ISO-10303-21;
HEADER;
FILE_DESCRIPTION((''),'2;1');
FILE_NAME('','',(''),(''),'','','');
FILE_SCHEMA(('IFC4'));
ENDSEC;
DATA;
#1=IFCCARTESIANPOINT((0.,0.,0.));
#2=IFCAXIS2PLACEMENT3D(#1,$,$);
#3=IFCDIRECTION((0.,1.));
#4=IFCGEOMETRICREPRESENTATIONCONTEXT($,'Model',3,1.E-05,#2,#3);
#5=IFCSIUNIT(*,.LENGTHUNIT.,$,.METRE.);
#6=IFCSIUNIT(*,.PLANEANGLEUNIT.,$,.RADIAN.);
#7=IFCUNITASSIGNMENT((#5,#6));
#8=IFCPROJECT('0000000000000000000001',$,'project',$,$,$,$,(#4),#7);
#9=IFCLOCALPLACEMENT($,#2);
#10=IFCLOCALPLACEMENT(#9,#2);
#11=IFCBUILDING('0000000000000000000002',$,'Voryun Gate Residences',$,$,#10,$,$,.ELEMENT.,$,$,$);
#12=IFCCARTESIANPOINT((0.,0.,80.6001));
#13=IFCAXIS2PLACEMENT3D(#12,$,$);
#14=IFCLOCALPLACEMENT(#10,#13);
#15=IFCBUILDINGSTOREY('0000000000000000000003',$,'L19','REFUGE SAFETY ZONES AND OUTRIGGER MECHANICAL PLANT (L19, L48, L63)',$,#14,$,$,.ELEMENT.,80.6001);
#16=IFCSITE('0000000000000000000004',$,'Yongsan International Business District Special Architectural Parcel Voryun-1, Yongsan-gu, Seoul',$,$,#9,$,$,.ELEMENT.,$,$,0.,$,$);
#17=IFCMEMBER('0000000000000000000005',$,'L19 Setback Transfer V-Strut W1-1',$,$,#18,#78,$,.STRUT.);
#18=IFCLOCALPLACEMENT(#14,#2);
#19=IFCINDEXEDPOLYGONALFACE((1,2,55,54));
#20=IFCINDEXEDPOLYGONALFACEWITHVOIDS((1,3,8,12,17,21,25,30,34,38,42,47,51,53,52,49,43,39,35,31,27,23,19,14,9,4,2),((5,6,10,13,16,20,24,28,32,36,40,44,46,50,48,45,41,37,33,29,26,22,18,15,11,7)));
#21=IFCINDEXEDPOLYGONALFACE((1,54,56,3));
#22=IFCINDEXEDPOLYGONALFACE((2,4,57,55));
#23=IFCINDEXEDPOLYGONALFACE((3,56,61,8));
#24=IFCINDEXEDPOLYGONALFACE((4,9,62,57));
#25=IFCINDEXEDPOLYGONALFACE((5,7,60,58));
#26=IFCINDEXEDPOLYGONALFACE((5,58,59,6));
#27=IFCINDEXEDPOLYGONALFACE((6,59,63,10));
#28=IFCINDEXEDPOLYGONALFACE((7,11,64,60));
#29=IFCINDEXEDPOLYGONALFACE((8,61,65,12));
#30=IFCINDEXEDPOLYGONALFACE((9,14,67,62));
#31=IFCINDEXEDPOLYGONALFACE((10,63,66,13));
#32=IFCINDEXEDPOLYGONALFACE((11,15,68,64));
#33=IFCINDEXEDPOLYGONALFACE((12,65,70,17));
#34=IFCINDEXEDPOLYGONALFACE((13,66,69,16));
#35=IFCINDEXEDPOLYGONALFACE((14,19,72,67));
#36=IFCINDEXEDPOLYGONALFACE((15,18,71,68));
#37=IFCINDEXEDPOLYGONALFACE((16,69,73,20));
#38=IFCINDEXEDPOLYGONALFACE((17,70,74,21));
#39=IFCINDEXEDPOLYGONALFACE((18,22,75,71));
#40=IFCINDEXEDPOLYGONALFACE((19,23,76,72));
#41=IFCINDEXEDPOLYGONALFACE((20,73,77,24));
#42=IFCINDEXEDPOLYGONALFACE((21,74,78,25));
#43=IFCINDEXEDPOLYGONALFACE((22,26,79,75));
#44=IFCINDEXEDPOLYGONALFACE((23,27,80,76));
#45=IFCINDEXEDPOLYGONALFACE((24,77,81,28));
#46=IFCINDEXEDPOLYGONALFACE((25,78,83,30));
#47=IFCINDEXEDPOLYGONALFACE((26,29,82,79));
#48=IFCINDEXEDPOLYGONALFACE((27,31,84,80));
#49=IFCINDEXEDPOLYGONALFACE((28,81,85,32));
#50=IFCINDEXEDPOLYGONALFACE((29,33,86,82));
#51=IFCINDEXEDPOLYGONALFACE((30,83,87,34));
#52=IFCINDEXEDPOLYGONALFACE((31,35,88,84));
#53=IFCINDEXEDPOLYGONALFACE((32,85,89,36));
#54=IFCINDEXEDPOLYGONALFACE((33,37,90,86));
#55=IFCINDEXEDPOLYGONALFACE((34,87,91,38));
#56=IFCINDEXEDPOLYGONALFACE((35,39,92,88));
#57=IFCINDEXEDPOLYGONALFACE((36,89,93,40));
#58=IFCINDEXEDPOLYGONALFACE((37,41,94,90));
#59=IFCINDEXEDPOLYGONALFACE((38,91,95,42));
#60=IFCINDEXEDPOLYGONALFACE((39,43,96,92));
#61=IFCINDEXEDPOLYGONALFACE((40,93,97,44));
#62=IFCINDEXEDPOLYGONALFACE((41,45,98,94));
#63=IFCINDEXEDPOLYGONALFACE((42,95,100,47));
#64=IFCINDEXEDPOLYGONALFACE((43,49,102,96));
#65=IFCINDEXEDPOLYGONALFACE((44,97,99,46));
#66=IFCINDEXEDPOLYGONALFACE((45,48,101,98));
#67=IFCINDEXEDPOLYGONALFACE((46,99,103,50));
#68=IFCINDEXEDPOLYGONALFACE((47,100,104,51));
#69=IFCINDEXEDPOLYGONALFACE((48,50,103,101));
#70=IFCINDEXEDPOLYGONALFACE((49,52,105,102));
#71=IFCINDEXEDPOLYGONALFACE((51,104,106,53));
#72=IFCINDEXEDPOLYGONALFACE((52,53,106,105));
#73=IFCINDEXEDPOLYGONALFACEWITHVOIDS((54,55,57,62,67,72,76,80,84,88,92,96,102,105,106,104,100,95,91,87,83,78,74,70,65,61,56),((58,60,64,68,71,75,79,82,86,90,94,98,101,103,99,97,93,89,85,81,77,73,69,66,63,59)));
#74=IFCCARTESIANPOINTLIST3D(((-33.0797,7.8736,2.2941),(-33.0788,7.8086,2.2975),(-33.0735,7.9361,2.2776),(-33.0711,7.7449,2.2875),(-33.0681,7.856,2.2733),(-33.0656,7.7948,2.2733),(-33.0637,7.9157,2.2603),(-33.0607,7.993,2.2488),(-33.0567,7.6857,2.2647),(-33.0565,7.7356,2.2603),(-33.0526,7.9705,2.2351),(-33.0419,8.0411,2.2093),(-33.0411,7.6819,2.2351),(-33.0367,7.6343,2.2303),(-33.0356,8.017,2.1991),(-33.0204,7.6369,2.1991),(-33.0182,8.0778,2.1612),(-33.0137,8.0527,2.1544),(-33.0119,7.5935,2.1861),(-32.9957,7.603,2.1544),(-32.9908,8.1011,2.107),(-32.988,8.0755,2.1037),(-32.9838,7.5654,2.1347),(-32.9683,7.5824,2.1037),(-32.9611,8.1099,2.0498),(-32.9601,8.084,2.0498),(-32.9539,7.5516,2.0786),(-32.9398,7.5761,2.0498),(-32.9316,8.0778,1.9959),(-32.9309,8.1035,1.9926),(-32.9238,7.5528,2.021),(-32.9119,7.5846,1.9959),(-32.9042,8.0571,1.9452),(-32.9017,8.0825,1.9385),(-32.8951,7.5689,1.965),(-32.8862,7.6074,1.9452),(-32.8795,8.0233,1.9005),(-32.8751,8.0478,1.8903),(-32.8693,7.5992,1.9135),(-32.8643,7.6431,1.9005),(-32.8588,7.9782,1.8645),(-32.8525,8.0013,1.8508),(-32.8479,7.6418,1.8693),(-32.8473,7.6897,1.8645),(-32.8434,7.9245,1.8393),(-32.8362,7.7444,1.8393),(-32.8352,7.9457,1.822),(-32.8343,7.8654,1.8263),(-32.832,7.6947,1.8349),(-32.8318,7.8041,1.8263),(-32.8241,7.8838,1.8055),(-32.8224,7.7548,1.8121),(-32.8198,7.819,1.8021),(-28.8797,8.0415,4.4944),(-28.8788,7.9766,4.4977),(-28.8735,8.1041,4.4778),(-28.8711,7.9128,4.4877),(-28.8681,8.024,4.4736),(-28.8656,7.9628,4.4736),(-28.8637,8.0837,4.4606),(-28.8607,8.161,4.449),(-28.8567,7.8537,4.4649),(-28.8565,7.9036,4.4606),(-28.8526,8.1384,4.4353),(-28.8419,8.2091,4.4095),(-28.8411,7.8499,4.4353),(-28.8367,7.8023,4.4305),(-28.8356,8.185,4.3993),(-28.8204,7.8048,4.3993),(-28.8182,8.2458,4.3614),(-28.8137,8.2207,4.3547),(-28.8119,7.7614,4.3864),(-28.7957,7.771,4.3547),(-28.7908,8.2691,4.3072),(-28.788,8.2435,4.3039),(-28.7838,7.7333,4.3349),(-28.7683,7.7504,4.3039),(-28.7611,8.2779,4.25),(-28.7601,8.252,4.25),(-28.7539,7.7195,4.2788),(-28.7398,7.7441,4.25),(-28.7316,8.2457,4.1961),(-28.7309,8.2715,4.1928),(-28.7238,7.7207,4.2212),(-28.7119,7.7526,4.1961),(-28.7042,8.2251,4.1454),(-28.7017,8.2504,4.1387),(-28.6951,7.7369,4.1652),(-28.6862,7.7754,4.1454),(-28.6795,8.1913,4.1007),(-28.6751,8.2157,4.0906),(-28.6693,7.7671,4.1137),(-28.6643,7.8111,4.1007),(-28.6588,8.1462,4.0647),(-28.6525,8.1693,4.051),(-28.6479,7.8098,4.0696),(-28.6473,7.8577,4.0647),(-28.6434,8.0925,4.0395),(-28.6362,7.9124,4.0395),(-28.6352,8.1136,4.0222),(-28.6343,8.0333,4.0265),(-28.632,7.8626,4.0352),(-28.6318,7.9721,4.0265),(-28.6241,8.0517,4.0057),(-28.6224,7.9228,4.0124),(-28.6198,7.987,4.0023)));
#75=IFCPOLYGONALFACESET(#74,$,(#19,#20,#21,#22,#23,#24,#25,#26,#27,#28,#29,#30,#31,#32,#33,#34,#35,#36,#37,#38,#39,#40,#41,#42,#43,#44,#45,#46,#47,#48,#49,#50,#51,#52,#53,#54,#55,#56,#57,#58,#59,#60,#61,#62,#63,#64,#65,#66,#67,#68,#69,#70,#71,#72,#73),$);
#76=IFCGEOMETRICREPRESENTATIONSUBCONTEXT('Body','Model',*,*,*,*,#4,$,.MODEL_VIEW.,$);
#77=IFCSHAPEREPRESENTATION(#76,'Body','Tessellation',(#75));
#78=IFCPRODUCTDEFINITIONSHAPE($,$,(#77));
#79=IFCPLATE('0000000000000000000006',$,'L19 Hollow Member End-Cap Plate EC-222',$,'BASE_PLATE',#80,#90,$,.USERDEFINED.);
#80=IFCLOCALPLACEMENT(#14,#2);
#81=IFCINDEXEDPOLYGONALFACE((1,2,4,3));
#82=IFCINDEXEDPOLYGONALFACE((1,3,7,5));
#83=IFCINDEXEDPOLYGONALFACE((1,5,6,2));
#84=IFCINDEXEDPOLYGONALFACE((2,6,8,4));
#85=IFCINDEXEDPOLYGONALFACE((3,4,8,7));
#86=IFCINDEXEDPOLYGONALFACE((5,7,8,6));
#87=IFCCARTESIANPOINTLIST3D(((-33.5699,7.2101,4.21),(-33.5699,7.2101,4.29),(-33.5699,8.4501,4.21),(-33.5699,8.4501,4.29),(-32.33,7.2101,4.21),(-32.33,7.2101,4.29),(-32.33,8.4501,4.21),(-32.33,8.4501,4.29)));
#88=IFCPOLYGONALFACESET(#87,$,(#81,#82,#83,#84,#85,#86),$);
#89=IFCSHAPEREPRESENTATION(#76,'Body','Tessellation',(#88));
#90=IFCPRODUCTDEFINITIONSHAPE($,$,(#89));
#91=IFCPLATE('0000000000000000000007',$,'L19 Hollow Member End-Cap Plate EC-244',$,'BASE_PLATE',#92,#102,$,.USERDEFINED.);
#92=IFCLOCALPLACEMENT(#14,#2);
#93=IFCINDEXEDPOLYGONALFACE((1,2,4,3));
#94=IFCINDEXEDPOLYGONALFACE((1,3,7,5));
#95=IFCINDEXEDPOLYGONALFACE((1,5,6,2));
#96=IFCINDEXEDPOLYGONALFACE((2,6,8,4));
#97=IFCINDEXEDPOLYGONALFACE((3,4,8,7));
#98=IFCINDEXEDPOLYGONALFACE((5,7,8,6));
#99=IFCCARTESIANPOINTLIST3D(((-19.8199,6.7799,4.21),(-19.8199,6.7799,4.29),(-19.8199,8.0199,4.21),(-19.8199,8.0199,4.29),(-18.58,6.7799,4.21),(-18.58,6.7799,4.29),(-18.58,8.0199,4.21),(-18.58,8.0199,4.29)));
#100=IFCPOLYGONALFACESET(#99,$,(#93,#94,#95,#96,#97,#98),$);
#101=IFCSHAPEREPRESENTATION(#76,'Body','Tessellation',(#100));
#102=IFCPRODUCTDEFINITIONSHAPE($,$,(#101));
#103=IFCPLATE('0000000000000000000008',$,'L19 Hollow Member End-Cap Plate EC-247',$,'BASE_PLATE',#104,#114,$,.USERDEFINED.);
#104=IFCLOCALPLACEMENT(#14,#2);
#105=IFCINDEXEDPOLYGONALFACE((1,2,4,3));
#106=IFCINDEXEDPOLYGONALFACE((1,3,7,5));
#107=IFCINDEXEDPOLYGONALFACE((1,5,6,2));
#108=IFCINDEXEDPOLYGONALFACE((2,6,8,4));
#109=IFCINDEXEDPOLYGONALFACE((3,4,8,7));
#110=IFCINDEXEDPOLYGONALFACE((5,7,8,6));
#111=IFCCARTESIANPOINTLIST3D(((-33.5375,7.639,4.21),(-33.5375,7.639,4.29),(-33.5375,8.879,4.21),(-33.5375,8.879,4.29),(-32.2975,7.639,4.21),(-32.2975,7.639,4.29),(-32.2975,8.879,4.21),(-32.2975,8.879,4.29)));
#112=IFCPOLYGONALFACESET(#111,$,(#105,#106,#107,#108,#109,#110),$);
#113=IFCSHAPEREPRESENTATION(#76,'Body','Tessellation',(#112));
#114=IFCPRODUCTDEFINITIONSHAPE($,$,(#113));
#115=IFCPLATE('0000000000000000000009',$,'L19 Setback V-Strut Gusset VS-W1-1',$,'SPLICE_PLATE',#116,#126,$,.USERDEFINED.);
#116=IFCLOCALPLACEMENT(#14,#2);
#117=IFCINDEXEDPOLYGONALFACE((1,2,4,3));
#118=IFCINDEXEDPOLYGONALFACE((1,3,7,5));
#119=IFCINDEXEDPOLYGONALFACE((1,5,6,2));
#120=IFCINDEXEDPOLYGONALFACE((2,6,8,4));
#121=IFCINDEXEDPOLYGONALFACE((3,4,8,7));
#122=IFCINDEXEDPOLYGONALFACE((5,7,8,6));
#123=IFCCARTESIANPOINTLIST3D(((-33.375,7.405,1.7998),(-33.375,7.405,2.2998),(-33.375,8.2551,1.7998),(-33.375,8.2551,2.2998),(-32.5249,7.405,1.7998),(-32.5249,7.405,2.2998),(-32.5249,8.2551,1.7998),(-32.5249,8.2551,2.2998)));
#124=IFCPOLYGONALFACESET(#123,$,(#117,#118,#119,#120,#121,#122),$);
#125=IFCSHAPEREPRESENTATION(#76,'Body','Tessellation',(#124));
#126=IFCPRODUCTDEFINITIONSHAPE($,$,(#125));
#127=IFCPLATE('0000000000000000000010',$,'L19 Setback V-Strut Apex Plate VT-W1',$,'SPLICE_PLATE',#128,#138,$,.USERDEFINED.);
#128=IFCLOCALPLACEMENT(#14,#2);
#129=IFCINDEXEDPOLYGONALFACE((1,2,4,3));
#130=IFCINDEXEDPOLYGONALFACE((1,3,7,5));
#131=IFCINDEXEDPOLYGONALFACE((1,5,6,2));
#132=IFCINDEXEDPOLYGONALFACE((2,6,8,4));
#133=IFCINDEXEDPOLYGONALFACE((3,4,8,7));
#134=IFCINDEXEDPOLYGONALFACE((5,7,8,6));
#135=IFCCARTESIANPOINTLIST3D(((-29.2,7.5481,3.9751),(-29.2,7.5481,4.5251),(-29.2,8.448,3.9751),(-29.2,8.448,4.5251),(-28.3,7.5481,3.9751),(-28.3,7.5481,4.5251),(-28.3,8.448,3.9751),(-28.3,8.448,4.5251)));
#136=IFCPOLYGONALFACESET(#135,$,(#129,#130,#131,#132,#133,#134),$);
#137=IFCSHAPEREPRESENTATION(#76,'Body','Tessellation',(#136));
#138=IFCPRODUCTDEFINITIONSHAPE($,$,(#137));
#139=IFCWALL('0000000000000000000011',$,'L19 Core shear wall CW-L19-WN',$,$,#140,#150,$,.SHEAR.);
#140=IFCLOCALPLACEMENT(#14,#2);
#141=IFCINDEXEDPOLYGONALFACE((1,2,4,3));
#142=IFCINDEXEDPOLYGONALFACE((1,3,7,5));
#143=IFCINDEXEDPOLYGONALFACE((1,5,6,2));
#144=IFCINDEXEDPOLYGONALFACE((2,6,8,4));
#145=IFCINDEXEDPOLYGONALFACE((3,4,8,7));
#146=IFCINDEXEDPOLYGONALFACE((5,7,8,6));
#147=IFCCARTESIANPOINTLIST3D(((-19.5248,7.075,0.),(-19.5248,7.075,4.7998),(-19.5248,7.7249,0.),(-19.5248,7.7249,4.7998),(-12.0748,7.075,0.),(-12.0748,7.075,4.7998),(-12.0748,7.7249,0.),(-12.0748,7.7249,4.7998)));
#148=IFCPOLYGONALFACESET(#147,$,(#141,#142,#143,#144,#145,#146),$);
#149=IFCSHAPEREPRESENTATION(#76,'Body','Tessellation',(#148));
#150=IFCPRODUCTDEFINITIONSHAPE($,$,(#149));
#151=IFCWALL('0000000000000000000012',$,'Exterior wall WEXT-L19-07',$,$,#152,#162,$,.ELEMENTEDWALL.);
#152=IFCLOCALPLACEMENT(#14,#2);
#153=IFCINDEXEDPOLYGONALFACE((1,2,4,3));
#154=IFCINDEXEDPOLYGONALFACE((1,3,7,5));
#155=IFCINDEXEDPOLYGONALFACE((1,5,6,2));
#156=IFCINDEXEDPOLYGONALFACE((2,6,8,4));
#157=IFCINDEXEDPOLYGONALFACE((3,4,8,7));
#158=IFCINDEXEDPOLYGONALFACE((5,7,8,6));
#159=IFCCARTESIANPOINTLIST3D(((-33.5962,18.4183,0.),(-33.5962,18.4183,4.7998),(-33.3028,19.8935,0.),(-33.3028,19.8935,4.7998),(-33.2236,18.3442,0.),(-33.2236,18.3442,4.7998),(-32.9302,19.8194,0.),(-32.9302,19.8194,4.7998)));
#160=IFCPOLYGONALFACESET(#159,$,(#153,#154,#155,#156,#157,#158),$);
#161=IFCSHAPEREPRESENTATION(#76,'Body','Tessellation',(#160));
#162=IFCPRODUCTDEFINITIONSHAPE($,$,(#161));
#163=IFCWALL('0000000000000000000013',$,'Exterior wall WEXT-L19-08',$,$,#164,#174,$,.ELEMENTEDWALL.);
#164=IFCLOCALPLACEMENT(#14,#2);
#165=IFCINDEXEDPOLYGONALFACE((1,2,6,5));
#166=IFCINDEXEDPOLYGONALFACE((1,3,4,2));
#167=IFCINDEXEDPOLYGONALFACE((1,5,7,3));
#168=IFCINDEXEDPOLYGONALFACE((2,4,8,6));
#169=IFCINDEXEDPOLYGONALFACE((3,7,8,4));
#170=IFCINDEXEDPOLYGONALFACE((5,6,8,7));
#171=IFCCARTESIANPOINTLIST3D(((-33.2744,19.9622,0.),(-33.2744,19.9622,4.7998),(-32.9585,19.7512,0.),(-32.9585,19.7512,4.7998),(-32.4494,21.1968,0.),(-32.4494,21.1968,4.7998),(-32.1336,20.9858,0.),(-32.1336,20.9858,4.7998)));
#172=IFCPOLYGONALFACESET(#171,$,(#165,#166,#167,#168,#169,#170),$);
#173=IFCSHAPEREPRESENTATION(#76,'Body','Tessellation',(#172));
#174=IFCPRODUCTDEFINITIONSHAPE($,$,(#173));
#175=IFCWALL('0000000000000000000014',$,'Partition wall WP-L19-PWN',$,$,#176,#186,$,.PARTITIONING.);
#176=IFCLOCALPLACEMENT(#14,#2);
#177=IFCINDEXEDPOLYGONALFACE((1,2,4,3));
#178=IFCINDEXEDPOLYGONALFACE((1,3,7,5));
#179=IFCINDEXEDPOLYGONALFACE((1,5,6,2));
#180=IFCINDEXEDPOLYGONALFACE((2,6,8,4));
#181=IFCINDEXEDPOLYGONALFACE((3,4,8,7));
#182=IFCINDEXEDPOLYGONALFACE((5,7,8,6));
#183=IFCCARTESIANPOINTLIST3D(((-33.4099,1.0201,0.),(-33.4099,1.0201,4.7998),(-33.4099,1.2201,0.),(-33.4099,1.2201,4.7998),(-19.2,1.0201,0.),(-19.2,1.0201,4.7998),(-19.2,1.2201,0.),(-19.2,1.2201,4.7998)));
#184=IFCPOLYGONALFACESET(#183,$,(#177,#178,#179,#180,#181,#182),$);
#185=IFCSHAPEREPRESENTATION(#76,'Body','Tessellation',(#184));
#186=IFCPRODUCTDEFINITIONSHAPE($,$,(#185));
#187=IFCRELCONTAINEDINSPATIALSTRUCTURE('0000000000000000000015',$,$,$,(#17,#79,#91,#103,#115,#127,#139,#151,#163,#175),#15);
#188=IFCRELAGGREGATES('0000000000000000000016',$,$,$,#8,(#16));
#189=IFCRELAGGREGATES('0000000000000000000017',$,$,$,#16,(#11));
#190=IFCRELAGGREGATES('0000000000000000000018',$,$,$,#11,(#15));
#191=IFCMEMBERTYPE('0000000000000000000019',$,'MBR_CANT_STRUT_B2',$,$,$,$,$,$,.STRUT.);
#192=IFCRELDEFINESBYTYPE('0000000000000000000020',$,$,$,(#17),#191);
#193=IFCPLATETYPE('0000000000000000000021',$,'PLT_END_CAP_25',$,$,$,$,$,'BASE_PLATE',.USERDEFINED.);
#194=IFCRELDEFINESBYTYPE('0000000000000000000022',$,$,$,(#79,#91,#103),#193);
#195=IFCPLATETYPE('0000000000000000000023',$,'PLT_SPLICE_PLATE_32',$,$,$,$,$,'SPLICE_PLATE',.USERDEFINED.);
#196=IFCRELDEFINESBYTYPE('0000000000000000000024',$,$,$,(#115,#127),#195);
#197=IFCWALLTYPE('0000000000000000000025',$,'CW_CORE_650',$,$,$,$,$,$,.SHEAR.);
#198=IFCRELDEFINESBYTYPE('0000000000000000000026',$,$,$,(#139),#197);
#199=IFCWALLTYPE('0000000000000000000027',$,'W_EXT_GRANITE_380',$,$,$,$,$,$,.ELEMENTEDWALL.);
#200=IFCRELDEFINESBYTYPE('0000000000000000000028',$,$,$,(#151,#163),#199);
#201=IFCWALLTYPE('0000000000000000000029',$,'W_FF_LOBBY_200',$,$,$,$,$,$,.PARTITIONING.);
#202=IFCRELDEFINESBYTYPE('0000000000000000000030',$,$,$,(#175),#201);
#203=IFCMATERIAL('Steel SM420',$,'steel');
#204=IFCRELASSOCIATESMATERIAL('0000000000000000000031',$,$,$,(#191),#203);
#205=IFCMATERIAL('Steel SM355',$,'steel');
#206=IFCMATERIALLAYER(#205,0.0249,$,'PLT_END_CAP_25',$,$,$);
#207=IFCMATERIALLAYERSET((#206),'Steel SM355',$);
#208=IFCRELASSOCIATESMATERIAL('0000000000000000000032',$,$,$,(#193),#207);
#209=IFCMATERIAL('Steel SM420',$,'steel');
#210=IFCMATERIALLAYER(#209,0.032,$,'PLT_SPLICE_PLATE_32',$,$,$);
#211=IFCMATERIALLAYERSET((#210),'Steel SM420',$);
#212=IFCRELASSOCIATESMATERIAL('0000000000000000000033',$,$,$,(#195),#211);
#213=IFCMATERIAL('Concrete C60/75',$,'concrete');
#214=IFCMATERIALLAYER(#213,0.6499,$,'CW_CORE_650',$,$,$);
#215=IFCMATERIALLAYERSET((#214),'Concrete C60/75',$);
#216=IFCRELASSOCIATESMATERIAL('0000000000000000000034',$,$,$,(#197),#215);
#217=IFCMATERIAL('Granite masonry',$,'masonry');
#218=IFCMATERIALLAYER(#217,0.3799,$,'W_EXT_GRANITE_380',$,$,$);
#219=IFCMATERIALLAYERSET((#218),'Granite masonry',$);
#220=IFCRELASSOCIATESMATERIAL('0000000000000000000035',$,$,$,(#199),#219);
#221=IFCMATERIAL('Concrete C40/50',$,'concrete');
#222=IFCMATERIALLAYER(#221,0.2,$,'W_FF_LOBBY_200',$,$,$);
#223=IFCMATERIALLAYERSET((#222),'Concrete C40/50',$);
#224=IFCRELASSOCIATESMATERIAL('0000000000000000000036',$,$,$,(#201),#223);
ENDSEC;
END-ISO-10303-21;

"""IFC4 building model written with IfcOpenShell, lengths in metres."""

from ifc_helpers import new_model, si_unit, direction, frame, frame_2d, origin, origin_2d, place, context, subcontext, project, spatial, rectangle, hollow_circle, extrude, material, layer, layer_set, material_profile, profile_set, type_object, element, save


model = new_model("IFC4")

# Units and contexts
model_context = context("Model", 3, precision=1e-05, world=origin(), true_north=direction((0.0, 1.0)))
body_context = subcontext(model_context, "Body", "Model", "MODEL_VIEW")
ifc_project = project(units=[si_unit("LENGTHUNIT", "METRE"), si_unit("PLANEANGLEUNIT", "RADIAN")], contexts=[model_context])

# Site, building, storey
site_placement = place(None, origin())
site = spatial("IfcSite", under=ifc_project, at=site_placement, Name="Yongsan International Business District Special Architectural Parcel Voryun-1, Yongsan-gu, Seoul", CompositionType="ELEMENT", RefElevation=0.0)
building_placement = place(site_placement, origin())
building = spatial("IfcBuilding", under=site, at=building_placement, Name="Voryun Gate Residences", CompositionType="ELEMENT")
storey_placement = place(building_placement, frame((0.0, 0.0, 80.6001)))
storey = spatial("IfcBuildingStorey", under=building, at=storey_placement, Name="L19", Description="REFUGE SAFETY ZONES AND OUTRIGGER MECHANICAL PLANT (L19, L48, L63)", CompositionType="ELEMENT", Elevation=80.6001)

# Member
ifc_material_1 = material(Name="Steel SM420", Category="steel")
ifc_material_profile_1 = material_profile(ifc_material_1, hollow_circle(Radius=0.28, WallThickness=0.0259, at=origin_2d()), Name="CHS-560x26")
ifc_profile_set_1 = profile_set([ifc_material_profile_1], Name="Steel SM420")
member_type = type_object("IfcMemberType", Name="MBR_CANT_STRUT_B2", PredefinedType="STRUT", material=ifc_profile_set_1)
member_placement = place(storey_placement, frame((-32.95, 7.8301, 2.0498), z_axis=(0.885257, 0.035404, 0.463753), x_axis=(-0.039961, 0.999201, 0.0)))
element("IfcMember", 1, at=member_placement, inside=storey, type_object=member_type, Name="L19 Setback Transfer V-Strut W1-1", PredefinedType="STRUT", context=body_context, shape_type="SweptSolid", body=[
    extrude(hollow_circle(Radius=0.28, WallThickness=0.0259, at=origin_2d()), origin(), (0.0, 0.0, 1.0), 4.7444),
])

# Plates
ifc_material_2 = material(Name="Steel SM355", Category="steel")
ifc_layer_1 = layer(ifc_material_2, 0.0249, Name="PLT_END_CAP_25")
ifc_layer_set_1 = layer_set([ifc_layer_1], Name="Steel SM355")
plate_type_1 = type_object("IfcPlateType", Name="PLT_END_CAP_25", ElementType="BASE_PLATE", PredefinedType="USERDEFINED", material=ifc_layer_set_1)
for number, where, z_axis, x_axis, name in (
    (2, (-32.95, 7.8301, 4.21), (0.0, 0.0, 1.0), (1.0, 0.0, 0.0), "L19 Hollow Member End-Cap Plate EC-222"),
    (3, (-19.2, 7.3999, 4.21), (0.0, 0.0, 1.0), (1.0, 0.0, 0.0), "L19 Hollow Member End-Cap Plate EC-244"),
    (4, (-32.9175, 8.259, 4.21), (0.0, 0.0, 1.0), (1.0, 0.0, 0.0), "L19 Hollow Member End-Cap Plate EC-247"),
):
    element("IfcPlate", number, at=place(storey_placement, frame(where, z_axis=z_axis, x_axis=x_axis)), inside=storey, type_object=plate_type_1, Name=name, ObjectType="BASE_PLATE", PredefinedType="USERDEFINED", context=body_context, shape_type="SweptSolid", body=[
        extrude(rectangle(XDim=1.24, YDim=1.24, at=origin_2d()), origin(), (0.0, 0.0, 1.0), 0.0801),
    ])
ifc_material_3 = material(Name="Steel SM420", Category="steel")
ifc_layer_2 = layer(ifc_material_3, 0.032, Name="PLT_SPLICE_PLATE_32")
ifc_layer_set_2 = layer_set([ifc_layer_2], Name="Steel SM420")
plate_type_2 = type_object("IfcPlateType", Name="PLT_SPLICE_PLATE_32", ElementType="SPLICE_PLATE", PredefinedType="USERDEFINED", material=ifc_layer_set_2)
plate_1_placement = place(storey_placement, frame((-32.95, 7.8301, 1.7998), z_axis=(0.0, 0.0, 1.0), x_axis=(1.0, 0.0, 0.0)))
element("IfcPlate", 5, at=plate_1_placement, inside=storey, type_object=plate_type_2, Name="L19 Setback V-Strut Gusset VS-W1-1", ObjectType="SPLICE_PLATE", PredefinedType="USERDEFINED", context=body_context, shape_type="SweptSolid", body=[
    extrude(rectangle(XDim=0.8501, YDim=0.8501, at=origin_2d()), origin(), (0.0, 0.0, 1.0), 0.5),
])
plate_2_placement = place(storey_placement, frame((-28.75, 7.998, 3.9751), z_axis=(0.0, 0.0, 1.0), x_axis=(1.0, 0.0, 0.0)))
element("IfcPlate", 6, at=plate_2_placement, inside=storey, type_object=plate_type_2, Name="L19 Setback V-Strut Apex Plate VT-W1", ObjectType="SPLICE_PLATE", PredefinedType="USERDEFINED", context=body_context, shape_type="SweptSolid", body=[
    extrude(rectangle(XDim=0.8999, YDim=0.8999, at=origin_2d()), origin(), (0.0, 0.0, 1.0), 0.55),
])

# Walls
ifc_material_4 = material(Name="Concrete C60/75", Category="concrete")
ifc_layer_3 = layer(ifc_material_4, 0.6499, Name="CW_CORE_650")
ifc_layer_set_3 = layer_set([ifc_layer_3], Name="Concrete C60/75")
wall_type_1 = type_object("IfcWallType", Name="CW_CORE_650", PredefinedType="SHEAR", material=ifc_layer_set_3)
wall_1_placement = place(storey_placement, frame((-19.5249, 7.3999, 0.0), z_axis=(0.0, 0.0, 1.0), x_axis=(1.0, 0.0, 0.0)))
element("IfcWall", 7, at=wall_1_placement, inside=storey, type_object=wall_type_1, Name="L19 Core shear wall CW-L19-WN", PredefinedType="SHEAR", context=body_context, shape_type="SweptSolid", body=[
    extrude(rectangle(XDim=7.45, YDim=0.6499, at=frame_2d((3.7251, 0.0))), origin(), (0.0, 0.0, 1.0), 4.7998),
])
ifc_material_5 = material(Name="Granite masonry", Category="masonry")
ifc_layer_4 = layer(ifc_material_5, 0.3799, Name="W_EXT_GRANITE_380")
ifc_layer_set_4 = layer_set([ifc_layer_4], Name="Granite masonry")
wall_type_2 = type_object("IfcWallType", Name="W_EXT_GRANITE_380", PredefinedType="ELEMENTEDWALL", material=ifc_layer_set_4)
wall_2_placement = place(storey_placement, frame((-33.4099, 18.3813, 0.0), z_axis=(0.0, 0.0, 1.0), x_axis=(0.195086, 0.980786, 0.0)))
element("IfcWall", 8, at=wall_2_placement, inside=storey, type_object=wall_type_2, Name="Exterior wall WEXT-L19-07", PredefinedType="ELEMENTEDWALL", context=body_context, shape_type="SweptSolid", body=[
    extrude(rectangle(XDim=1.5042, YDim=0.3799, at=frame_2d((0.752, 0.0))), origin(), (0.0, 0.0, 1.0), 4.7998),
])
wall_3_placement = place(storey_placement, frame((-33.1165, 19.8567, 0.0), z_axis=(0.0, 0.0, 1.0), x_axis=(0.555573, 0.831468, 0.0)))
element("IfcWall", 9, at=wall_3_placement, inside=storey, type_object=wall_type_2, Name="Exterior wall WEXT-L19-08", PredefinedType="ELEMENTEDWALL", context=body_context, shape_type="SweptSolid", body=[
    extrude(rectangle(XDim=1.4849, YDim=0.3799, at=frame_2d((0.7424, 0.0))), origin(), (0.0, 0.0, 1.0), 4.7998),
])
ifc_material_6 = material(Name="Concrete C40/50", Category="concrete")
ifc_layer_5 = layer(ifc_material_6, 0.2, Name="W_FF_LOBBY_200")
ifc_layer_set_5 = layer_set([ifc_layer_5], Name="Concrete C40/50")
wall_type_3 = type_object("IfcWallType", Name="W_FF_LOBBY_200", PredefinedType="PARTITIONING", material=ifc_layer_set_5)
wall_4_placement = place(storey_placement, frame((-33.4099, 1.1201, 0.0), z_axis=(0.0, 0.0, 1.0), x_axis=(1.0, 0.0, 0.0)))
element("IfcWall", 10, at=wall_4_placement, inside=storey, type_object=wall_type_3, Name="Partition wall WP-L19-PWN", PredefinedType="PARTITIONING", context=body_context, shape_type="SweptSolid", body=[
    extrude(rectangle(XDim=14.21, YDim=0.2, at=frame_2d((7.105, 0.0))), origin(), (0.0, 0.0, 1.0), 4.7998),
])

save(model, "model.ifc")
